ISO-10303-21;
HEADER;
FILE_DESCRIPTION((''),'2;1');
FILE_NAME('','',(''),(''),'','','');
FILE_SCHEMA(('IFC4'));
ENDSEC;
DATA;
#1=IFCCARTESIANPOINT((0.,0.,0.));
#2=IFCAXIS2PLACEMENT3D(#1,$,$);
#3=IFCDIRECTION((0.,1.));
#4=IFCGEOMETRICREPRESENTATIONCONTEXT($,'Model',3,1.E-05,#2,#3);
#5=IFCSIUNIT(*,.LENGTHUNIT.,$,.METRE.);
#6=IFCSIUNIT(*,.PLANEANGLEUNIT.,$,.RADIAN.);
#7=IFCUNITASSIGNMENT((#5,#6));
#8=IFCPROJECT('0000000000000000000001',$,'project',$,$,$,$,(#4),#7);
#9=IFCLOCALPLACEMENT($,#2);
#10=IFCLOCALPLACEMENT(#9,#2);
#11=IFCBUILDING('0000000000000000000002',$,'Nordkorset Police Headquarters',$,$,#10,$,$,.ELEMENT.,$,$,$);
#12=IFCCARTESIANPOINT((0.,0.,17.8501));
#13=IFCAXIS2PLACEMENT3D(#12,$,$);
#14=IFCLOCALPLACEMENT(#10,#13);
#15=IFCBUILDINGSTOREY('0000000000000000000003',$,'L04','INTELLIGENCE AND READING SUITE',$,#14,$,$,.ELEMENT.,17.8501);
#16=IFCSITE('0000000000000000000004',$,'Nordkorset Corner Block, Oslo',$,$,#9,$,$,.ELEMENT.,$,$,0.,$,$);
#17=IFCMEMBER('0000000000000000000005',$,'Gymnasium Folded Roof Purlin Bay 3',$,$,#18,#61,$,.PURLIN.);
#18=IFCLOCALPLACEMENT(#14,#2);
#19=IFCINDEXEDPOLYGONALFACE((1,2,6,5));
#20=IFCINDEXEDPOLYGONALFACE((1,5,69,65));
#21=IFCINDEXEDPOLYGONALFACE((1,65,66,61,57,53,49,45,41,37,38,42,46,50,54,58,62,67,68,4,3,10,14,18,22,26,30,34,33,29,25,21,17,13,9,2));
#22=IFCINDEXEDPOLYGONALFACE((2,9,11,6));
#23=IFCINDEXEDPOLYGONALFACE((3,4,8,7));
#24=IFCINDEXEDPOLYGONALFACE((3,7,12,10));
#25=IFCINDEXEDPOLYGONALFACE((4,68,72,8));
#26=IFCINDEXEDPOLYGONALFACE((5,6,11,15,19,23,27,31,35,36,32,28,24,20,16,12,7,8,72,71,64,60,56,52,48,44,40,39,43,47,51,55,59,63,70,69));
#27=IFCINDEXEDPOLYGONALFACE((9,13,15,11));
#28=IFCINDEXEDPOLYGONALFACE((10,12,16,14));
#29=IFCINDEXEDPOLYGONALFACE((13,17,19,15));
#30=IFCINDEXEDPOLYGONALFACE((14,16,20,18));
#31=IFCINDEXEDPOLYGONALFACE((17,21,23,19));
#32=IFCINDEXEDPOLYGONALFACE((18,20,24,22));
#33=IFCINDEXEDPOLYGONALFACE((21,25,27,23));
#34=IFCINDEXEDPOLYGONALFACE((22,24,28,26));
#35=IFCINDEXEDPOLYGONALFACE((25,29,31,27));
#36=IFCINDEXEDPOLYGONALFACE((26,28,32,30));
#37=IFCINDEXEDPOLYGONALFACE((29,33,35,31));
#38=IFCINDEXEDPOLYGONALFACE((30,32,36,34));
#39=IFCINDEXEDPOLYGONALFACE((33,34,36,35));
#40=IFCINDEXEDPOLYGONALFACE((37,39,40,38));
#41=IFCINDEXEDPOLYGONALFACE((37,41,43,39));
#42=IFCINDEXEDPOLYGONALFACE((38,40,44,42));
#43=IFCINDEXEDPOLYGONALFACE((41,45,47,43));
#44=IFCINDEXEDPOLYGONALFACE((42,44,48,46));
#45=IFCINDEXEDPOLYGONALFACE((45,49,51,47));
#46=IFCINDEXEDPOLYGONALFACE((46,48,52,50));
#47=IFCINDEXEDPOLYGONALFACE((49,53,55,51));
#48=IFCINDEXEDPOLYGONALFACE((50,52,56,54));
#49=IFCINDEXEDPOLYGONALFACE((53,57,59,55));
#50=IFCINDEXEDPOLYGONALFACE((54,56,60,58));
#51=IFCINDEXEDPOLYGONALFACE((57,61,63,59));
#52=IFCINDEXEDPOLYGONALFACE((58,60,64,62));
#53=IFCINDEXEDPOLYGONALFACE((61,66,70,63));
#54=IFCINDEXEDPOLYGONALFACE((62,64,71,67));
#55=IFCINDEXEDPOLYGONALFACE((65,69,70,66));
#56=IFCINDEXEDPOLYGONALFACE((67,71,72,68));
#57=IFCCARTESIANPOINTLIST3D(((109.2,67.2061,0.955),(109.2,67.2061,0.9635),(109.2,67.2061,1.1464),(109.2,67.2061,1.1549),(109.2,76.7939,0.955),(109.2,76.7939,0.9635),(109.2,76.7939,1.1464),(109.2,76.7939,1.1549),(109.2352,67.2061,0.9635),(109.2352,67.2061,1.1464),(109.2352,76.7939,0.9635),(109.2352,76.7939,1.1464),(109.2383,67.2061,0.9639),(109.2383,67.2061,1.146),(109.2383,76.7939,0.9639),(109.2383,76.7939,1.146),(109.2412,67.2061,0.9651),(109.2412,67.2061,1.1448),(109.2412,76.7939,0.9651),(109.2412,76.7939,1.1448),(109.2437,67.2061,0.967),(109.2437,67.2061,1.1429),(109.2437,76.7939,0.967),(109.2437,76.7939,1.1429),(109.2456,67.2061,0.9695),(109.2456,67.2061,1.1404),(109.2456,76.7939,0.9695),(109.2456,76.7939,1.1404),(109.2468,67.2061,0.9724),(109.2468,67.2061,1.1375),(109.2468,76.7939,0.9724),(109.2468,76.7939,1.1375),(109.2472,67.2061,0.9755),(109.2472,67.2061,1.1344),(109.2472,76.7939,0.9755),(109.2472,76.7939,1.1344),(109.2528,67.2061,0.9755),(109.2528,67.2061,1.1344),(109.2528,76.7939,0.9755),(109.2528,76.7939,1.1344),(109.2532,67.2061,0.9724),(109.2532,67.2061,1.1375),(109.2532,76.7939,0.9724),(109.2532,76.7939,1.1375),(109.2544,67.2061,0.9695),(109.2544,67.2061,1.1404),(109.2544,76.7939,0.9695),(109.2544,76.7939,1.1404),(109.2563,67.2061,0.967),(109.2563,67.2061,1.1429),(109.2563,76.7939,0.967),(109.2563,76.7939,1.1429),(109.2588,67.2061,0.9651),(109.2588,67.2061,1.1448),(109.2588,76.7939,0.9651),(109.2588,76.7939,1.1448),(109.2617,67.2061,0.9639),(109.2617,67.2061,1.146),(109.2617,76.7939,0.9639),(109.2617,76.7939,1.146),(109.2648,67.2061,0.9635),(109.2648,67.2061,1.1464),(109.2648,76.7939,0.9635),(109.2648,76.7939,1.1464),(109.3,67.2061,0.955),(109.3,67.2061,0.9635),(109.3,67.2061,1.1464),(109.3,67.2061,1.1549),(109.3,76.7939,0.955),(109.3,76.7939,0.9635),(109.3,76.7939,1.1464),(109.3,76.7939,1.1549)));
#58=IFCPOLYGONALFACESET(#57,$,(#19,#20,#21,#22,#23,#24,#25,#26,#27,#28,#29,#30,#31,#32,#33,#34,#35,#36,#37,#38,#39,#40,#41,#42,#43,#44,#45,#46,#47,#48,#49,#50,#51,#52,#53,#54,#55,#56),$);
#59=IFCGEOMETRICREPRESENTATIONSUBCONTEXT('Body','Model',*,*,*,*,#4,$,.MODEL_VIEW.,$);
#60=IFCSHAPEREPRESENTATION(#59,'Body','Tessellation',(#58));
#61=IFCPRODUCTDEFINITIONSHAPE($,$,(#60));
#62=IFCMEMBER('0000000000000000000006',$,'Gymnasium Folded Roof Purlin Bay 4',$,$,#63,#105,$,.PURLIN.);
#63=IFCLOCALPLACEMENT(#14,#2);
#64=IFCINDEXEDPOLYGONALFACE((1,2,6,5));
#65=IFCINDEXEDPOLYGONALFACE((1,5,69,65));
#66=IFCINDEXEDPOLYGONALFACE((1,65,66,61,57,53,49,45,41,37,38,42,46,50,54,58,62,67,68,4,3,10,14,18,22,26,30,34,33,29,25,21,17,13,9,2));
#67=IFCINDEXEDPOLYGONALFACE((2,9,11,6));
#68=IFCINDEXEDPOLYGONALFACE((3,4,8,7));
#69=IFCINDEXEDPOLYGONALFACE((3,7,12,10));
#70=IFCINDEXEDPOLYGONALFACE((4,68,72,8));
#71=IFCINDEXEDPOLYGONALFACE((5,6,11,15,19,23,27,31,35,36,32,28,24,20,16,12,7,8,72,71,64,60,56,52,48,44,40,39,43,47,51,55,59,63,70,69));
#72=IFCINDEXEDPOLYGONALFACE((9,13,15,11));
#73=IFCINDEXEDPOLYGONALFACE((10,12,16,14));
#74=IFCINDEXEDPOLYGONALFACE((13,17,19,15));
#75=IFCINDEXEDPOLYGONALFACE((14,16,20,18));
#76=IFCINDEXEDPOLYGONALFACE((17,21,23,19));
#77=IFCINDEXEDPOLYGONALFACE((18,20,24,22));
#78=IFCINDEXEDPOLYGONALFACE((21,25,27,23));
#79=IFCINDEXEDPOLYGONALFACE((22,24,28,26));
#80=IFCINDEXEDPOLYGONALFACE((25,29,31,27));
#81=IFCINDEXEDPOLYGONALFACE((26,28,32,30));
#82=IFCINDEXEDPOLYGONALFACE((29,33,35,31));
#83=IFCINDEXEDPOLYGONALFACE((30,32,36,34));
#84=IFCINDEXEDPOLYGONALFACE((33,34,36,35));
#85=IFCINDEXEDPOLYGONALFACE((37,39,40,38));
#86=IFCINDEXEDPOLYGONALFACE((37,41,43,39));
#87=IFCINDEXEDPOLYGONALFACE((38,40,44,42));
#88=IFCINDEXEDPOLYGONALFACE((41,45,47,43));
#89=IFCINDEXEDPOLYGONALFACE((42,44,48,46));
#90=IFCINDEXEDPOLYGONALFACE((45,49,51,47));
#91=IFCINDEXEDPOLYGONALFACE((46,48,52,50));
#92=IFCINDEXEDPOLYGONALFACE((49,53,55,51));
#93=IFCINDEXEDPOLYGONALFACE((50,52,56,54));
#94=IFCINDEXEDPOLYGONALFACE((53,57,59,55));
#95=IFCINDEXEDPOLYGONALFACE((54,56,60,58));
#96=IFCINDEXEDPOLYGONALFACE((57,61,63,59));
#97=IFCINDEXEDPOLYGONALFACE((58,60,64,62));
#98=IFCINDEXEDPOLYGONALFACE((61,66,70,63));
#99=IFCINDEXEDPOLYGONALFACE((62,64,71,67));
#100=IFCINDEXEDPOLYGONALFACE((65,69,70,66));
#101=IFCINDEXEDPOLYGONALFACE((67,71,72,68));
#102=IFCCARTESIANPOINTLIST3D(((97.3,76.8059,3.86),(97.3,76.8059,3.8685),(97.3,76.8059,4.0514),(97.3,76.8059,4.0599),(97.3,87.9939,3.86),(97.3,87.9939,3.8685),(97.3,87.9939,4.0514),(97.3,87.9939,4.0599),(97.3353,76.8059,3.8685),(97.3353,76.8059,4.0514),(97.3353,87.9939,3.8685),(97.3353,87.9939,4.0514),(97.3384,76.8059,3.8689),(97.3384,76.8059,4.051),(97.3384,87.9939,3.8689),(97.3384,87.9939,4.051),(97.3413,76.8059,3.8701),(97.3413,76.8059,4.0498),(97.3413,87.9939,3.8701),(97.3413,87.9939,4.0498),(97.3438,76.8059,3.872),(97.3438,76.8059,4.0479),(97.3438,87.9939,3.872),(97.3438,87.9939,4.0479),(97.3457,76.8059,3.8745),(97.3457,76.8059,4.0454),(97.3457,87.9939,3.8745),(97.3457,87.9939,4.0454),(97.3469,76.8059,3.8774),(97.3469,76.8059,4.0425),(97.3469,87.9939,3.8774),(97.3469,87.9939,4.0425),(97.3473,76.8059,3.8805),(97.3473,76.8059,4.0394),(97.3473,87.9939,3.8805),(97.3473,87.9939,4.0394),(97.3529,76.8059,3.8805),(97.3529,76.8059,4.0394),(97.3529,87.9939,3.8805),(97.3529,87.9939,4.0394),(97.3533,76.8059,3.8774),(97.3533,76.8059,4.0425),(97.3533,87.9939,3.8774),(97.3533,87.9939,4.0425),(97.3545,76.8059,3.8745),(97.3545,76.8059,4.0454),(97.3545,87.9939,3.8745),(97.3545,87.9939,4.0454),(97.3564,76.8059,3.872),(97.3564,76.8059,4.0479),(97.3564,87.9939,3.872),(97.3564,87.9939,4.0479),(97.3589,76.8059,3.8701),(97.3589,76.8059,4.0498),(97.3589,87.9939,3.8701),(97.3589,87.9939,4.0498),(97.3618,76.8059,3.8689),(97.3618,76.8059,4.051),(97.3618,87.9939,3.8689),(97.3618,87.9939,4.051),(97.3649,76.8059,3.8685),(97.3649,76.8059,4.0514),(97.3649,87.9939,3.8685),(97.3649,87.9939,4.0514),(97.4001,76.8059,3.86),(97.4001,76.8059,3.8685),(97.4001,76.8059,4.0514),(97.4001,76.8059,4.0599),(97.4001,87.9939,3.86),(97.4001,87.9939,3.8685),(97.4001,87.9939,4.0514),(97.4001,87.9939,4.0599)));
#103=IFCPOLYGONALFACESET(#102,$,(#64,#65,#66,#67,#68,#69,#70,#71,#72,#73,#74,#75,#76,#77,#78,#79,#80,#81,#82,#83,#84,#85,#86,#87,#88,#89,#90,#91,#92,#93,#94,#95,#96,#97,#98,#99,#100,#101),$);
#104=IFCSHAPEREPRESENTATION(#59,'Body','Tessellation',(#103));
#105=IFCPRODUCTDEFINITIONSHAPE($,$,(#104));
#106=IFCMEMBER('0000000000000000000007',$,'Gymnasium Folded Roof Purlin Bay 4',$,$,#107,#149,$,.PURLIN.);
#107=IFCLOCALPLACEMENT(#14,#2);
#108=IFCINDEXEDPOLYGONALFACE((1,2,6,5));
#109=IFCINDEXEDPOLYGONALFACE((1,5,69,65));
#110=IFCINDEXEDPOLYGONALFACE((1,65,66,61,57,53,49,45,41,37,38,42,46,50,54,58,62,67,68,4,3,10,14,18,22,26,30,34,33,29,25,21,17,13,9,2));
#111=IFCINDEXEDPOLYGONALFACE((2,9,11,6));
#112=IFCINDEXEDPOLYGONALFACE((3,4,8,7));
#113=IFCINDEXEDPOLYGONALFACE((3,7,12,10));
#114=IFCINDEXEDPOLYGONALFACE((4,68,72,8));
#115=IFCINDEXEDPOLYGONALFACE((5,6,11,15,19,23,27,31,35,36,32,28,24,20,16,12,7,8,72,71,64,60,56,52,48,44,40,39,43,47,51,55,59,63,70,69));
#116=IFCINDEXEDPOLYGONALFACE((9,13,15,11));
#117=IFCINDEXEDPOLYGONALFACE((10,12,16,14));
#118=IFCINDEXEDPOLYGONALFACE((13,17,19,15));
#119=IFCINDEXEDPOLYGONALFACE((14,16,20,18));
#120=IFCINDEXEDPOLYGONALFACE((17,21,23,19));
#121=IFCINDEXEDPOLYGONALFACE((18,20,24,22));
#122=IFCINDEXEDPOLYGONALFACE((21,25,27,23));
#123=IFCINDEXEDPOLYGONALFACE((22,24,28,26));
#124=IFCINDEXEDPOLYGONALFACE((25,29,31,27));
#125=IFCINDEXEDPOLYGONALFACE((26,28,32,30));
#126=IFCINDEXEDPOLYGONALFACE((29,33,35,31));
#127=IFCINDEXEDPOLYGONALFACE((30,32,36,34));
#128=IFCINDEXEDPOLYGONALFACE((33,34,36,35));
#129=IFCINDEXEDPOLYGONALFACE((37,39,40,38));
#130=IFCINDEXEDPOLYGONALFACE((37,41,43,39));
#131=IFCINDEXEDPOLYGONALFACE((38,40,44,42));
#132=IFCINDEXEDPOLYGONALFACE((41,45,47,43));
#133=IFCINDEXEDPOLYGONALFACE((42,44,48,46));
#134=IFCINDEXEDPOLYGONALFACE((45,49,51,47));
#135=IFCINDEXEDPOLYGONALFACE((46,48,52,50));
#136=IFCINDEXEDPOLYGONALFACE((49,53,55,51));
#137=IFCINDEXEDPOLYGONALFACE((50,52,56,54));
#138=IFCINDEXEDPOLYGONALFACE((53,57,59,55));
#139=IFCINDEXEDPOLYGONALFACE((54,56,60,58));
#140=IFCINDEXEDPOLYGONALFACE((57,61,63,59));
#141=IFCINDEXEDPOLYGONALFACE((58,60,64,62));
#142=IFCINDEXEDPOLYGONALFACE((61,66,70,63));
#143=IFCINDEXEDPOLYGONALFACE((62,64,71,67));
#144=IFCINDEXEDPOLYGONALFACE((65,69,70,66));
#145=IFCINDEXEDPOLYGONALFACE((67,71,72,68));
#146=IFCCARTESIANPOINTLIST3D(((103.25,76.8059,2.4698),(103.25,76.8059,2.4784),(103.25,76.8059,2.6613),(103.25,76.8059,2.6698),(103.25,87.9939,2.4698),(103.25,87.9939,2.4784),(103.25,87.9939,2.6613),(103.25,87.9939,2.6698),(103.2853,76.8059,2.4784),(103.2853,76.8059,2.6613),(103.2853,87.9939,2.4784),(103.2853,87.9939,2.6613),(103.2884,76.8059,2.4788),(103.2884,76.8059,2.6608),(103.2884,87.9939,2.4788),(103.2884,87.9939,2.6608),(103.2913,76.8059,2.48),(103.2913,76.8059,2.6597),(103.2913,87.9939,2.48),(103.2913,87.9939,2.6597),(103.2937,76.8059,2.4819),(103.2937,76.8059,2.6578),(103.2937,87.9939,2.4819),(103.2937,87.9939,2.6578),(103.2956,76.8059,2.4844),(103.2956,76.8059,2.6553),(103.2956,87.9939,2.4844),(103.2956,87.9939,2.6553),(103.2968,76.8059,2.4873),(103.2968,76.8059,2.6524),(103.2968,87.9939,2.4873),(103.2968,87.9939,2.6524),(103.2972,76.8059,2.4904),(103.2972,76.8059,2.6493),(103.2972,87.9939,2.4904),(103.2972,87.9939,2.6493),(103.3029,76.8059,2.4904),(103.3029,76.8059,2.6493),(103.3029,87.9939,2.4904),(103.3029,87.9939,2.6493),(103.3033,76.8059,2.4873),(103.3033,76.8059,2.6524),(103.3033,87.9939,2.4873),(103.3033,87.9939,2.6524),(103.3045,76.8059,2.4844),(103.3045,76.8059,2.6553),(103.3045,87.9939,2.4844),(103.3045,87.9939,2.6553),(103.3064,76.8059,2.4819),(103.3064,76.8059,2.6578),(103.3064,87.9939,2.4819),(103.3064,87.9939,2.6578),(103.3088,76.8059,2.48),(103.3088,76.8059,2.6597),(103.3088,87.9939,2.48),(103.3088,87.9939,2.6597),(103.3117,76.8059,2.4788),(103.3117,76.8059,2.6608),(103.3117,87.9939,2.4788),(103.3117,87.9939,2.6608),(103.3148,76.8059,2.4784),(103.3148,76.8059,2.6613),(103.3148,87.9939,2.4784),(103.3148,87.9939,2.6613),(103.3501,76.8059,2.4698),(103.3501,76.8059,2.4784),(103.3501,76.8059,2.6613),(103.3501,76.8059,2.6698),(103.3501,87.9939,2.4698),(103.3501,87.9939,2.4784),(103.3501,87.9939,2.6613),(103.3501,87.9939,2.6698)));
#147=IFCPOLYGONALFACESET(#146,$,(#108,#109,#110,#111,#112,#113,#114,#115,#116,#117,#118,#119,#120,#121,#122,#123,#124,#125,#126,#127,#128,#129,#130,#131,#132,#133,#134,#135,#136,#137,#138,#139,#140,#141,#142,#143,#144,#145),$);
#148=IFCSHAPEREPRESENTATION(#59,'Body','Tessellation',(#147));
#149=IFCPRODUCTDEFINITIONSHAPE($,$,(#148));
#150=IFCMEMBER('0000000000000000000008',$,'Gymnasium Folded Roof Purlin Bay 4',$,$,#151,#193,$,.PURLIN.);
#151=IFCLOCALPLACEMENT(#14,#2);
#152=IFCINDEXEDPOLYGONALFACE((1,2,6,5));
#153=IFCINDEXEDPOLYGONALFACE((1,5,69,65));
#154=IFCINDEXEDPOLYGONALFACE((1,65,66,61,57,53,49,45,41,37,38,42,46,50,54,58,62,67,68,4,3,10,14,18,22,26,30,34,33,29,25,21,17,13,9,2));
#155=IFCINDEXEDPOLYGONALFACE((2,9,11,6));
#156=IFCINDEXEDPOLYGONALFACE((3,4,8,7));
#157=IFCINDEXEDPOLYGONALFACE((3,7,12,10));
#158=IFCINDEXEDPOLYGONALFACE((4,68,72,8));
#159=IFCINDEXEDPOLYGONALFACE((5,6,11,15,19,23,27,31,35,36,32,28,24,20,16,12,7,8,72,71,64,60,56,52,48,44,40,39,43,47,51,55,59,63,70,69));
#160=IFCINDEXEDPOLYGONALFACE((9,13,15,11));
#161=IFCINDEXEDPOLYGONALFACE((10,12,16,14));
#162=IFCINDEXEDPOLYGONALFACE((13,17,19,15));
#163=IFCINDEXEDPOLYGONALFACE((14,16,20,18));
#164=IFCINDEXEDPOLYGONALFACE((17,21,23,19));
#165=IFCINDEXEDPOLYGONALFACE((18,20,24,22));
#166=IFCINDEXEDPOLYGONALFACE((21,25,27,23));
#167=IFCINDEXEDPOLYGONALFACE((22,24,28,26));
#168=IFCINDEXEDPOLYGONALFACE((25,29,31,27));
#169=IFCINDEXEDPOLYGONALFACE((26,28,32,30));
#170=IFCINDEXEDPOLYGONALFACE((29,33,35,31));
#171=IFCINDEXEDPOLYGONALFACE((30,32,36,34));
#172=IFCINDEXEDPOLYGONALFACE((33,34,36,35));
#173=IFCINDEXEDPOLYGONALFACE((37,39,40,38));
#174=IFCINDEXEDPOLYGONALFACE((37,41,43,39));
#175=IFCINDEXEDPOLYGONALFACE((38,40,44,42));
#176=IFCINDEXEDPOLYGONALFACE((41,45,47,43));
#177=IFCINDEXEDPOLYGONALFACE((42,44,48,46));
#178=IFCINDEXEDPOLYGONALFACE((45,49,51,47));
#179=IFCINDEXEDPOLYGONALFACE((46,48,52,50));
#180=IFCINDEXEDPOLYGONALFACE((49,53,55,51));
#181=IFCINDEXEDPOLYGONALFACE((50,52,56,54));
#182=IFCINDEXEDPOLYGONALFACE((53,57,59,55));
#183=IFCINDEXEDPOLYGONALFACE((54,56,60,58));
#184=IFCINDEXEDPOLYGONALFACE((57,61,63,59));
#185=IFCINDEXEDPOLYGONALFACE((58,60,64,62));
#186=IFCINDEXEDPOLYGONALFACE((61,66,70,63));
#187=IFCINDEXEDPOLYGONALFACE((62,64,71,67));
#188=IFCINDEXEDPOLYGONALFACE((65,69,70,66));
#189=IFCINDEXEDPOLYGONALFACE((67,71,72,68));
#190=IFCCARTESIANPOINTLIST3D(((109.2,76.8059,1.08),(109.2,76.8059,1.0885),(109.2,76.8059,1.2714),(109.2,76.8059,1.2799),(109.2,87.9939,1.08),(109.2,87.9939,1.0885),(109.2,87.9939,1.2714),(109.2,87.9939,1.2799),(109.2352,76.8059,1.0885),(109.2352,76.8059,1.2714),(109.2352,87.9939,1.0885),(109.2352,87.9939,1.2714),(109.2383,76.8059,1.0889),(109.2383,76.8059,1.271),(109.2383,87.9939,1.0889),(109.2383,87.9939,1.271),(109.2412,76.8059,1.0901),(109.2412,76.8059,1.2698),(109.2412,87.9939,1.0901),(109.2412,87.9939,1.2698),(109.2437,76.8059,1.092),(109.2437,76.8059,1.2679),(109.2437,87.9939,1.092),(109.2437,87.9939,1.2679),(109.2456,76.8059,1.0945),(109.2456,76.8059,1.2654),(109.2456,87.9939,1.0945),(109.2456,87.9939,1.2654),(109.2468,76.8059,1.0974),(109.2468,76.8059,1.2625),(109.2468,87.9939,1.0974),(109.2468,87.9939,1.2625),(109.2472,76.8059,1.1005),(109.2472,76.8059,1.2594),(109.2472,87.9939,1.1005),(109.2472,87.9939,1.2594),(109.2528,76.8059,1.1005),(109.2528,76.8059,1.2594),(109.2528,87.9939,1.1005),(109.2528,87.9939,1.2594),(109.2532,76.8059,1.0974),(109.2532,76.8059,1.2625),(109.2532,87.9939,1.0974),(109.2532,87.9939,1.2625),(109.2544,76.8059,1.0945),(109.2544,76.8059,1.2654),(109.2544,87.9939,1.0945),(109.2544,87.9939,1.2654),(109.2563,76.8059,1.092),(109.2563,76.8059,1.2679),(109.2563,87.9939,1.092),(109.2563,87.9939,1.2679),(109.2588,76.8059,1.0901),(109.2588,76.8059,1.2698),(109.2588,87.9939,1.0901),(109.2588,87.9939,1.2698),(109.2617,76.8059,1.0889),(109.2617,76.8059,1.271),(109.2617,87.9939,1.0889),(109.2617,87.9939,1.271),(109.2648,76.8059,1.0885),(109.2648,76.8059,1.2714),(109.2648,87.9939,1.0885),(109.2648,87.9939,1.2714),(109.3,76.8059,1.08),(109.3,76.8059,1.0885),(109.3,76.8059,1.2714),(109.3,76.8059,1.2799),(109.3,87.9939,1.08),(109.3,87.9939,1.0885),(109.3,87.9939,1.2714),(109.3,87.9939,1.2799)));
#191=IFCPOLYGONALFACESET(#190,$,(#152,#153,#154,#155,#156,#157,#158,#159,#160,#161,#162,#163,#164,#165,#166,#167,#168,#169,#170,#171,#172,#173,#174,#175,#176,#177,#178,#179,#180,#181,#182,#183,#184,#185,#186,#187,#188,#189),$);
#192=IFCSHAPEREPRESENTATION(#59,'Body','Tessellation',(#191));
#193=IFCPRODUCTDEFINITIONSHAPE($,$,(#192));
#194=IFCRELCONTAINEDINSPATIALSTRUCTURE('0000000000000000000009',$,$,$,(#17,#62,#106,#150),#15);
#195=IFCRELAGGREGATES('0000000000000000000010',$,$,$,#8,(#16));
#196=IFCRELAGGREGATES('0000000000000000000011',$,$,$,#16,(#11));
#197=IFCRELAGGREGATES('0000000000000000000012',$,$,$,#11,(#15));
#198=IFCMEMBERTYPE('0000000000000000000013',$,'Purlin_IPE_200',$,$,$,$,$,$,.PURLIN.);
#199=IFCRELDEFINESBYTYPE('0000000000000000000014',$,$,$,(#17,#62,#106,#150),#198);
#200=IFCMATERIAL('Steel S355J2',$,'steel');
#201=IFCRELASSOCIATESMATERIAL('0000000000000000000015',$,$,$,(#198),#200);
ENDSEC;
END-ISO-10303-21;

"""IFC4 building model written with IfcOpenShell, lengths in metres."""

from ifc_helpers import new_model, si_unit, direction, frame, origin, origin_2d, place, context, subcontext, project, spatial, i_section, extrude, material, material_profile, profile_set, type_object, element, save


model = new_model("IFC4")

# Units and contexts
model_context = context("Model", 3, precision=1e-05, world=origin(), true_north=direction((0.0, 1.0)))
body_context = subcontext(model_context, "Body", "Model", "MODEL_VIEW")
ifc_project = project(units=[si_unit("LENGTHUNIT", "METRE"), si_unit("PLANEANGLEUNIT", "RADIAN")], contexts=[model_context])

# Site, building, storey
site_placement = place(None, origin())
site = spatial("IfcSite", under=ifc_project, at=site_placement, Name="Nordkorset Corner Block, Oslo", CompositionType="ELEMENT", RefElevation=0.0)
building_placement = place(site_placement, origin())
building = spatial("IfcBuilding", under=site, at=building_placement, Name="Nordkorset Police Headquarters", CompositionType="ELEMENT")
storey_placement = place(building_placement, frame((0.0, 0.0, 17.8501)))
storey = spatial("IfcBuildingStorey", under=building, at=storey_placement, Name="L04", Description="INTELLIGENCE AND READING SUITE", CompositionType="ELEMENT", Elevation=17.8501)

# Members
ifc_material_1 = material(Name="Steel S355J2", Category="steel")
ifc_material_profile_1 = material_profile(ifc_material_1, i_section(OverallWidth=0.1001, OverallDepth=0.2, WebThickness=0.0056, FlangeThickness=0.0085, FilletRadius=0.012, at=origin_2d()), Name="IPE 200")
ifc_profile_set_1 = profile_set([ifc_material_profile_1], Name="Steel S355J2")
member_type_1 = type_object("IfcMemberType", Name="Purlin_IPE_200", PredefinedType="PURLIN", material=ifc_profile_set_1)
for number, where, z_axis, x_axis, name in (
    (1, (109.25, 67.2061, 1.0549), (0.0, 1.0, 0.0), (-1.0, 0.0, 0.0), "Gymnasium Folded Roof Purlin Bay 3"),
):
    element("IfcMember", number, at=place(storey_placement, frame(where, z_axis=z_axis, x_axis=x_axis)), inside=storey, type_object=member_type_1, Name=name, PredefinedType="PURLIN", context=body_context, shape_type="SweptSolid", body=[
        extrude(i_section(OverallWidth=0.1001, OverallDepth=0.2, WebThickness=0.0056, FlangeThickness=0.0085, FilletRadius=0.012, at=origin_2d()), origin(), (0.0, 0.0, 1.0), 9.5879),
    ])
for number, where, z_axis, x_axis, name in (
    (2, (97.3501, 76.8059, 3.96), (0.0, 1.0, 0.0), (-1.0, 0.0, 0.0), "Gymnasium Folded Roof Purlin Bay 4"),
    (3, (103.3, 76.8059, 2.5698), (0.0, 1.0, 0.0), (-1.0, 0.0, 0.0), "Gymnasium Folded Roof Purlin Bay 4"),
    (4, (109.25, 76.8059, 1.1799), (0.0, 1.0, 0.0), (-1.0, 0.0, 0.0), "Gymnasium Folded Roof Purlin Bay 4"),
):
    element("IfcMember", number, at=place(storey_placement, frame(where, z_axis=z_axis, x_axis=x_axis)), inside=storey, type_object=member_type_1, Name=name, PredefinedType="PURLIN", context=body_context, shape_type="SweptSolid", body=[
        extrude(i_section(OverallWidth=0.1001, OverallDepth=0.2, WebThickness=0.0056, FlangeThickness=0.0085, FilletRadius=0.012, at=origin_2d()), origin(), (0.0, 0.0, 1.0), 11.188),
    ])

save(model, "model.ifc")
